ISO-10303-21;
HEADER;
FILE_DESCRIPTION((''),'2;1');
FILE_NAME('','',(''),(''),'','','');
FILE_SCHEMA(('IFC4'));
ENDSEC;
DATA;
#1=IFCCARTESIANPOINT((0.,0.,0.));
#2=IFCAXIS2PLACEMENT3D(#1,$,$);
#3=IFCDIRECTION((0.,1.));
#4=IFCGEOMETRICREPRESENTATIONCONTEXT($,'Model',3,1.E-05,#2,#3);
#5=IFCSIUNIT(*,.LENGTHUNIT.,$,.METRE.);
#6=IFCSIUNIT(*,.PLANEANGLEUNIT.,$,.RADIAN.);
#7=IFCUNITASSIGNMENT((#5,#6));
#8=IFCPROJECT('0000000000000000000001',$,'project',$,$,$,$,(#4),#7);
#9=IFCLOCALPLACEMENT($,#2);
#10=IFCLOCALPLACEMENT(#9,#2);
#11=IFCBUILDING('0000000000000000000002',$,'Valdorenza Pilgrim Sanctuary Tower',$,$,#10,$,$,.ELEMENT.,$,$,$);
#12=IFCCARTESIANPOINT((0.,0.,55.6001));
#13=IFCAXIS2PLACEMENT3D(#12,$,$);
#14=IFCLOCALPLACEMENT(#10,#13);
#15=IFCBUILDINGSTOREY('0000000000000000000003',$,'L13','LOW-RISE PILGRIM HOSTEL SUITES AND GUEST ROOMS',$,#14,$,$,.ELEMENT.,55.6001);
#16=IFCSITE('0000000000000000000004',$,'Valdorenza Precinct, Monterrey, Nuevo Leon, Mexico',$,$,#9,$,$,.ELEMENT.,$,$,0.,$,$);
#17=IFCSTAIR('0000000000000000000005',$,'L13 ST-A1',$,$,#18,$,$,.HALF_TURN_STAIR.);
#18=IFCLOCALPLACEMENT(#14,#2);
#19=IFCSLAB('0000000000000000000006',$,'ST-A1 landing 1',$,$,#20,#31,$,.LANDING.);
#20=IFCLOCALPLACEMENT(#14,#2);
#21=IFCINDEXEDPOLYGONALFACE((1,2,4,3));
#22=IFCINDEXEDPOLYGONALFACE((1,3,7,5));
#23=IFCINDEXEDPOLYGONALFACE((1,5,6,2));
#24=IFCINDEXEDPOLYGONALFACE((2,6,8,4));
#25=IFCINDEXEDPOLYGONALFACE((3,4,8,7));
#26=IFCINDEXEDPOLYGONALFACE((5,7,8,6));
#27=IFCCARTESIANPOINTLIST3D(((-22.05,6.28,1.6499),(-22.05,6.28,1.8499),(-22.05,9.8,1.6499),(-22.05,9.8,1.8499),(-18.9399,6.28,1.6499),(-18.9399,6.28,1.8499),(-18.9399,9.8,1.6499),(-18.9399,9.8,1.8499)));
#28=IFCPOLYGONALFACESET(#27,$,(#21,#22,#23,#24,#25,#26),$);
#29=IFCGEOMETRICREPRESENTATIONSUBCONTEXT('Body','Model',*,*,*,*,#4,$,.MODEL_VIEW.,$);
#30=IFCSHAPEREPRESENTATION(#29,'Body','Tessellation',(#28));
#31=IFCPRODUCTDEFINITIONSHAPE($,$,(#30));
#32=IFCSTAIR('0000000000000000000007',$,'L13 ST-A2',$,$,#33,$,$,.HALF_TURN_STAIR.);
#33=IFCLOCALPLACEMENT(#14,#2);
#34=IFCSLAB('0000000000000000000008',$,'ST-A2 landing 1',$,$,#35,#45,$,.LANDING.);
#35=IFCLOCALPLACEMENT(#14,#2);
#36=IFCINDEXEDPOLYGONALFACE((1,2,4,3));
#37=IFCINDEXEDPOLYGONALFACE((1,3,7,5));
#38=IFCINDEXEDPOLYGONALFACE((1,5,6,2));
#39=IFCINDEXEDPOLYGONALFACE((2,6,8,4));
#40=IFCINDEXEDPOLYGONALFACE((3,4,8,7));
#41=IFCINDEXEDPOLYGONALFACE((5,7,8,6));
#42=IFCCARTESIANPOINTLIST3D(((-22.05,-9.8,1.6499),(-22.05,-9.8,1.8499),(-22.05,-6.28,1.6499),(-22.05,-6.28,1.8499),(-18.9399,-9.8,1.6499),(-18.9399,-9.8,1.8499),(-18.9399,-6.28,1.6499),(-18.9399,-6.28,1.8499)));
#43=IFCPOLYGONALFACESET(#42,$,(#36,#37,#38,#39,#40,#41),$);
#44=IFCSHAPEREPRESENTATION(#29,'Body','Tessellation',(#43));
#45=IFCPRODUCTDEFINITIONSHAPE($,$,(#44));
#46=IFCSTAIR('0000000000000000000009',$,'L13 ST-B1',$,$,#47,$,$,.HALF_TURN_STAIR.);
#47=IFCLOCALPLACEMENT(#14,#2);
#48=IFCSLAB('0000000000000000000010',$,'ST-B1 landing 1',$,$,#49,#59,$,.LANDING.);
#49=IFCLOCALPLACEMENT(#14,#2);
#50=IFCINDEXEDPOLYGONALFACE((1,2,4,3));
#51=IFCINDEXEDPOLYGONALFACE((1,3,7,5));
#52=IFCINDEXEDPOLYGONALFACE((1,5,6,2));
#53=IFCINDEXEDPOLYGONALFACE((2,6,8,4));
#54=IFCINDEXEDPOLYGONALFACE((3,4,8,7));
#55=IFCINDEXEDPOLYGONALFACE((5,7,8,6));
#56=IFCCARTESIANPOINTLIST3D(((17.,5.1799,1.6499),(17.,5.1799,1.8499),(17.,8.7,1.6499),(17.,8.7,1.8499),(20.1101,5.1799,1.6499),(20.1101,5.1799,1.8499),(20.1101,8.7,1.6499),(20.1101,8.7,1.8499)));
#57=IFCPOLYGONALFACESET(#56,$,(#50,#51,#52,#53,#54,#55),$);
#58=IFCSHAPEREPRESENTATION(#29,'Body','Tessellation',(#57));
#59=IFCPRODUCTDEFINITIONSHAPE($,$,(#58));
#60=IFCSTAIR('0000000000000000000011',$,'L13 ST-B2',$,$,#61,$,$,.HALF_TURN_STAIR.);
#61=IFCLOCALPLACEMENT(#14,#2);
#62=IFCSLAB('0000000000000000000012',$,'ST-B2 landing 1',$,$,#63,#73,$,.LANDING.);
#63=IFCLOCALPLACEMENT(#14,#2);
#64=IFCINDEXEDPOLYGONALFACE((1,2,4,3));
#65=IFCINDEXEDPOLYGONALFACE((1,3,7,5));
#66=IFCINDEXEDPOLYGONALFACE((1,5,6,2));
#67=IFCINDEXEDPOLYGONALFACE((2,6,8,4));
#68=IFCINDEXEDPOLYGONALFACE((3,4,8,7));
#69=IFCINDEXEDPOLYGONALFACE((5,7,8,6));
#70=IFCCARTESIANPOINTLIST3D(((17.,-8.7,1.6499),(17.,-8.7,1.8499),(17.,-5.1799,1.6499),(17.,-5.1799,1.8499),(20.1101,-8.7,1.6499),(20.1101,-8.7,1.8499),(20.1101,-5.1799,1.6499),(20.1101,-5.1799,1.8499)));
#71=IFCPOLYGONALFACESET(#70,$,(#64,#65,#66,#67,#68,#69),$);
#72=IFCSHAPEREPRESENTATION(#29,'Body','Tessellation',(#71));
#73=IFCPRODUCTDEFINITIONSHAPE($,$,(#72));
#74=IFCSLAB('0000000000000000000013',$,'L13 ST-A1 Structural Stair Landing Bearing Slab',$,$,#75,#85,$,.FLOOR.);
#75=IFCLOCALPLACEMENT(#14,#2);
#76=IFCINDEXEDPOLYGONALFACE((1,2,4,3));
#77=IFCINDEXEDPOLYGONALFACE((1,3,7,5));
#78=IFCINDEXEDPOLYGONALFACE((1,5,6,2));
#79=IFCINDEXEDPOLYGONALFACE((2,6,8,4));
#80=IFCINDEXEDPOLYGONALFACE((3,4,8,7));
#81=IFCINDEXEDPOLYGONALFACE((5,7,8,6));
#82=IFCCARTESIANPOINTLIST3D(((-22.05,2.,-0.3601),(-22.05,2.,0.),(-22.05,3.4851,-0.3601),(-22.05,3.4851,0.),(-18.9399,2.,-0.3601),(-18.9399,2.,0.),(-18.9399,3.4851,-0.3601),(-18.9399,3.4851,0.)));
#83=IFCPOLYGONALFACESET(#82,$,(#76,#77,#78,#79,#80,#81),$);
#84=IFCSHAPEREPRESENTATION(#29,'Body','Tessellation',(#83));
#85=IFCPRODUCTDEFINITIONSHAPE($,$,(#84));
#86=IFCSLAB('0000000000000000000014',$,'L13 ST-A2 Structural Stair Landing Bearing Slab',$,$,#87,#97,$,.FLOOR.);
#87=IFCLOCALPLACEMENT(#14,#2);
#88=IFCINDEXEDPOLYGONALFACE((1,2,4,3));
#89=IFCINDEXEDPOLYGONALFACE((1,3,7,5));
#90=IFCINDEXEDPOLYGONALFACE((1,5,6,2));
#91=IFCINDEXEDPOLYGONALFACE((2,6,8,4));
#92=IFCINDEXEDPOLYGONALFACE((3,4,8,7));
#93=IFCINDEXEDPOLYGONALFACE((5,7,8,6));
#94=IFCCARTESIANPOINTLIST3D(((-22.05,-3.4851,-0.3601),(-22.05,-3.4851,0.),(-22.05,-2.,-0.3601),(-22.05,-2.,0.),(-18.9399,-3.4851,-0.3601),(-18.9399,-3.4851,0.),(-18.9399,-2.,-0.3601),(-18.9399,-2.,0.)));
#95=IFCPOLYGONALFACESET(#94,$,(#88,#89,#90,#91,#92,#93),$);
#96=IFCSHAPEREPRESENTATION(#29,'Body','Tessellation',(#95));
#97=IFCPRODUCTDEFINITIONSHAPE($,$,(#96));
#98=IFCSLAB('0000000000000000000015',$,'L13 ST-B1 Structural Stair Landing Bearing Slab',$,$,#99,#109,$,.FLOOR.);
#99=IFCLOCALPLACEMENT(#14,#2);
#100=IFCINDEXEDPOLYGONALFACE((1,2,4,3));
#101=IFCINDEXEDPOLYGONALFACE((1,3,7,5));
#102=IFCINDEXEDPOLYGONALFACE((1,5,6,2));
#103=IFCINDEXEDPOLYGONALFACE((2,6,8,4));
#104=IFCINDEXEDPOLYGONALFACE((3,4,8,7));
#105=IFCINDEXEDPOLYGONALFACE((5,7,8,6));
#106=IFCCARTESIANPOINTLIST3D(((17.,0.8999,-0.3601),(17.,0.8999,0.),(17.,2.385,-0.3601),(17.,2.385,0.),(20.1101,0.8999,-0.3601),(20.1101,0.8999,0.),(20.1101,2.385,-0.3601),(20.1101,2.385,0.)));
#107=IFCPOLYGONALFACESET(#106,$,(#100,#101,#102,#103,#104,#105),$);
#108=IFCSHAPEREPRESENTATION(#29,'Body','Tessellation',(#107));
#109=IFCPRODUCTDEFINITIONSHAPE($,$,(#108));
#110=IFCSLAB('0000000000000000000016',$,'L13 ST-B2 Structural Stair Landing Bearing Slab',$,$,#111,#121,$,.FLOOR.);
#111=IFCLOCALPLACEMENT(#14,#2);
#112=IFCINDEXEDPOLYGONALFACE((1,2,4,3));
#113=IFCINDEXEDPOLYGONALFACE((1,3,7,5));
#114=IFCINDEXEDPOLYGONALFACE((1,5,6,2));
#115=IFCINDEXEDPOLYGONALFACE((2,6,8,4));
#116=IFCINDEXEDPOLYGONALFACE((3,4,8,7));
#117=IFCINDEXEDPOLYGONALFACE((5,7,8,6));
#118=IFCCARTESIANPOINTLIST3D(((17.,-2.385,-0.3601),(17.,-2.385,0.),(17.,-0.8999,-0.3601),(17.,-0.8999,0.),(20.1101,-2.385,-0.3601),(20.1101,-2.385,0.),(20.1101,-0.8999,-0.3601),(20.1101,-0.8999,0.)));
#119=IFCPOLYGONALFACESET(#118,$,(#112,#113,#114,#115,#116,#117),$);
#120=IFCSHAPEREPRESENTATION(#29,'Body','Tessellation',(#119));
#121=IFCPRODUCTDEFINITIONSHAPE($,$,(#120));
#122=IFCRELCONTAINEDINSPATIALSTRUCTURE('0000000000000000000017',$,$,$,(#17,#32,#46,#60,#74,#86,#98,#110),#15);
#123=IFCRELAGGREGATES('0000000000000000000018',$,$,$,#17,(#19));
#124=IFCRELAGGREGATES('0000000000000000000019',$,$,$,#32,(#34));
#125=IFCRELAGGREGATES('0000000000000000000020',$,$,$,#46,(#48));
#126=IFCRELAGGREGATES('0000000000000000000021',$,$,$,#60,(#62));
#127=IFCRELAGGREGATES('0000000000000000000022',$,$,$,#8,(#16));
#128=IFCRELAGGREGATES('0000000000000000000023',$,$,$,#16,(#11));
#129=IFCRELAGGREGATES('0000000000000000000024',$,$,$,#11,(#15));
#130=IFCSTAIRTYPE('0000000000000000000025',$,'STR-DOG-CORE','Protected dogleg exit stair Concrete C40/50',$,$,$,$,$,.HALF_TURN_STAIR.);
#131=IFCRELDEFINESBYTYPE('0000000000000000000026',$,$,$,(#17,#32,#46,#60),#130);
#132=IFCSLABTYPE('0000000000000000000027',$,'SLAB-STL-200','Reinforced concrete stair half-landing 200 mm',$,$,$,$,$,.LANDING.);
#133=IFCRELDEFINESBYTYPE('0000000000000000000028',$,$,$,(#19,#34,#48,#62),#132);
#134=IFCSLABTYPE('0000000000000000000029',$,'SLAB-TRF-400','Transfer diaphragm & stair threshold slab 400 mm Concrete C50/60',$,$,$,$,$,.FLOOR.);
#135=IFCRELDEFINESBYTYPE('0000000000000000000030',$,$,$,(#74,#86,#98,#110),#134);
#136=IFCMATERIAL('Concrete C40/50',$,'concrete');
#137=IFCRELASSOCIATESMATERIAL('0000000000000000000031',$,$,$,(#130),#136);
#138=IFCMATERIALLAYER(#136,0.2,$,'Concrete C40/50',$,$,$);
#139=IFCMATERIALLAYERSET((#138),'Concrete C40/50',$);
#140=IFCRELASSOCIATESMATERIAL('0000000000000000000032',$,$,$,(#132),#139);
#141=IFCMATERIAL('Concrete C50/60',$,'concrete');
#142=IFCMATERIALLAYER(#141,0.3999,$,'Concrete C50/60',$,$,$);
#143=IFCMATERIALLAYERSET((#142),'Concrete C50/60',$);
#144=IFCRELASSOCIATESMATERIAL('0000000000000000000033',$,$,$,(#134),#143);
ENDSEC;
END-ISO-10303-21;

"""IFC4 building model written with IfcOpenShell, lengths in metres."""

from ifc_helpers import new_model, si_unit, direction, frame, origin, place, context, subcontext, project, spatial, polyline, outline, extrude, material, layer, layer_set, type_object, element, aggregate, save


model = new_model("IFC4")

# Units and contexts
model_context = context("Model", 3, precision=1e-05, world=origin(), true_north=direction((0.0, 1.0)))
body_context = subcontext(model_context, "Body", "Model", "MODEL_VIEW")
ifc_project = project(units=[si_unit("LENGTHUNIT", "METRE"), si_unit("PLANEANGLEUNIT", "RADIAN")], contexts=[model_context])

# Site, building, storey
site_placement = place(None, origin())
site = spatial("IfcSite", under=ifc_project, at=site_placement, Name="Valdorenza Precinct, Monterrey, Nuevo Leon, Mexico", CompositionType="ELEMENT", RefElevation=0.0)
building_placement = place(site_placement, origin())
building = spatial("IfcBuilding", under=site, at=building_placement, Name="Valdorenza Pilgrim Sanctuary Tower", CompositionType="ELEMENT")
storey_placement = place(building_placement, frame((0.0, 0.0, 55.6001)))
storey = spatial("IfcBuildingStorey", under=building, at=storey_placement, Name="L13", Description="LOW-RISE PILGRIM HOSTEL SUITES AND GUEST ROOMS", CompositionType="ELEMENT", Elevation=55.6001)

# Shared definitions
ifc_material_1 = material(Name="Concrete C40/50", Category="concrete")

# Stairs, slabs
stair_type = type_object("IfcStairType", Name="STR-DOG-CORE", Description="Protected dogleg exit stair Concrete C40/50", PredefinedType="HALF_TURN_STAIR", material=ifc_material_1)
stair_1_placement = place(storey_placement, origin())
stair_1 = element("IfcStair", 1, at=stair_1_placement, inside=storey, type_object=stair_type, Name="L13 ST-A1", PredefinedType="HALF_TURN_STAIR")
ifc_layer_1 = layer(ifc_material_1, 0.2, Name="Concrete C40/50")
ifc_layer_set_1 = layer_set([ifc_layer_1], Name="Concrete C40/50")
slab_type_1 = type_object("IfcSlabType", Name="SLAB-STL-200", Description="Reinforced concrete stair half-landing 200 mm", PredefinedType="LANDING", material=ifc_layer_set_1)
slab_1_placement = place(storey_placement, frame((0.0, 0.0, 1.6499)))
slab_1 = element("IfcSlab", 2, at=slab_1_placement, type_object=slab_type_1, Name="ST-A1 landing 1", PredefinedType="LANDING", context=body_context, shape_type="SweptSolid", body=[
    extrude(outline(polyline([(-18.9399, 6.28), (-18.9399, 9.8), (-22.05, 9.8), (-22.05, 6.28), (-18.9399, 6.28)])), origin(), (0.0, 0.0, 1.0), 0.2),
])
aggregate(stair_1, [slab_1])
stair_2_placement = place(storey_placement, origin())
stair_2 = element("IfcStair", 3, at=stair_2_placement, inside=storey, type_object=stair_type, Name="L13 ST-A2", PredefinedType="HALF_TURN_STAIR")
slab_2_placement = place(storey_placement, frame((0.0, 0.0, 1.6499)))
slab_2 = element("IfcSlab", 4, at=slab_2_placement, type_object=slab_type_1, Name="ST-A2 landing 1", PredefinedType="LANDING", context=body_context, shape_type="SweptSolid", body=[
    extrude(outline(polyline([(-22.05, -6.28), (-22.05, -9.8), (-18.9399, -9.8), (-18.9399, -6.28), (-22.05, -6.28)])), origin(), (0.0, 0.0, 1.0), 0.2),
])
aggregate(stair_2, [slab_2])
stair_3_placement = place(storey_placement, origin())
stair_3 = element("IfcStair", 5, at=stair_3_placement, inside=storey, type_object=stair_type, Name="L13 ST-B1", PredefinedType="HALF_TURN_STAIR")
slab_3_placement = place(storey_placement, frame((0.0, 0.0, 1.6499)))
slab_3 = element("IfcSlab", 6, at=slab_3_placement, type_object=slab_type_1, Name="ST-B1 landing 1", PredefinedType="LANDING", context=body_context, shape_type="SweptSolid", body=[
    extrude(outline(polyline([(20.1101, 5.1799), (20.1101, 8.7), (17.0, 8.7), (17.0, 5.1799), (20.1101, 5.1799)])), origin(), (0.0, 0.0, 1.0), 0.2),
])
aggregate(stair_3, [slab_3])
stair_4_placement = place(storey_placement, origin())
stair_4 = element("IfcStair", 7, at=stair_4_placement, inside=storey, type_object=stair_type, Name="L13 ST-B2", PredefinedType="HALF_TURN_STAIR")
slab_4_placement = place(storey_placement, frame((0.0, 0.0, 1.6499)))
slab_4 = element("IfcSlab", 8, at=slab_4_placement, type_object=slab_type_1, Name="ST-B2 landing 1", PredefinedType="LANDING", context=body_context, shape_type="SweptSolid", body=[
    extrude(outline(polyline([(17.0, -5.1799), (17.0, -8.7), (20.1101, -8.7), (20.1101, -5.1799), (17.0, -5.1799)])), origin(), (0.0, 0.0, 1.0), 0.2),
])
aggregate(stair_4, [slab_4])

# Slabs
ifc_material_2 = material(Name="Concrete C50/60", Category="concrete")
ifc_layer_2 = layer(ifc_material_2, 0.3999, Name="Concrete C50/60")
ifc_layer_set_2 = layer_set([ifc_layer_2], Name="Concrete C50/60")
slab_type_2 = type_object("IfcSlabType", Name="SLAB-TRF-400", Description="Transfer diaphragm & stair threshold slab 400 mm Concrete C50/60", PredefinedType="FLOOR", material=ifc_layer_set_2)
slab_5_placement = place(storey_placement, frame((0.0, 0.0, -0.3601)))
element("IfcSlab", 9, at=slab_5_placement, inside=storey, type_object=slab_type_2, Name="L13 ST-A1 Structural Stair Landing Bearing Slab", PredefinedType="FLOOR", context=body_context, shape_type="SweptSolid", body=[
    extrude(outline(polyline([(-22.05, 2.0), (-18.9399, 2.0), (-18.9399, 3.4851), (-22.05, 3.4851), (-22.05, 2.0)])), origin(), (0.0, 0.0, 1.0), 0.3601),
])
slab_6_placement = place(storey_placement, frame((0.0, 0.0, -0.3601)))
element("IfcSlab", 10, at=slab_6_placement, inside=storey, type_object=slab_type_2, Name="L13 ST-A2 Structural Stair Landing Bearing Slab", PredefinedType="FLOOR", context=body_context, shape_type="SweptSolid", body=[
    extrude(outline(polyline([(-22.05, -3.4851), (-18.9399, -3.4851), (-18.9399, -2.0), (-22.05, -2.0), (-22.05, -3.4851)])), origin(), (0.0, 0.0, 1.0), 0.3601),
])
slab_7_placement = place(storey_placement, frame((0.0, 0.0, -0.3601)))
element("IfcSlab", 11, at=slab_7_placement, inside=storey, type_object=slab_type_2, Name="L13 ST-B1 Structural Stair Landing Bearing Slab", PredefinedType="FLOOR", context=body_context, shape_type="SweptSolid", body=[
    extrude(outline(polyline([(17.0, 0.8999), (20.1101, 0.8999), (20.1101, 2.385), (17.0, 2.385), (17.0, 0.8999)])), origin(), (0.0, 0.0, 1.0), 0.3601),
])
slab_8_placement = place(storey_placement, frame((0.0, 0.0, -0.3601)))
element("IfcSlab", 12, at=slab_8_placement, inside=storey, type_object=slab_type_2, Name="L13 ST-B2 Structural Stair Landing Bearing Slab", PredefinedType="FLOOR", context=body_context, shape_type="SweptSolid", body=[
    extrude(outline(polyline([(17.0, -2.385), (20.1101, -2.385), (20.1101, -0.8999), (17.0, -0.8999), (17.0, -2.385)])), origin(), (0.0, 0.0, 1.0), 0.3601),
])

save(model, "model.ifc")
